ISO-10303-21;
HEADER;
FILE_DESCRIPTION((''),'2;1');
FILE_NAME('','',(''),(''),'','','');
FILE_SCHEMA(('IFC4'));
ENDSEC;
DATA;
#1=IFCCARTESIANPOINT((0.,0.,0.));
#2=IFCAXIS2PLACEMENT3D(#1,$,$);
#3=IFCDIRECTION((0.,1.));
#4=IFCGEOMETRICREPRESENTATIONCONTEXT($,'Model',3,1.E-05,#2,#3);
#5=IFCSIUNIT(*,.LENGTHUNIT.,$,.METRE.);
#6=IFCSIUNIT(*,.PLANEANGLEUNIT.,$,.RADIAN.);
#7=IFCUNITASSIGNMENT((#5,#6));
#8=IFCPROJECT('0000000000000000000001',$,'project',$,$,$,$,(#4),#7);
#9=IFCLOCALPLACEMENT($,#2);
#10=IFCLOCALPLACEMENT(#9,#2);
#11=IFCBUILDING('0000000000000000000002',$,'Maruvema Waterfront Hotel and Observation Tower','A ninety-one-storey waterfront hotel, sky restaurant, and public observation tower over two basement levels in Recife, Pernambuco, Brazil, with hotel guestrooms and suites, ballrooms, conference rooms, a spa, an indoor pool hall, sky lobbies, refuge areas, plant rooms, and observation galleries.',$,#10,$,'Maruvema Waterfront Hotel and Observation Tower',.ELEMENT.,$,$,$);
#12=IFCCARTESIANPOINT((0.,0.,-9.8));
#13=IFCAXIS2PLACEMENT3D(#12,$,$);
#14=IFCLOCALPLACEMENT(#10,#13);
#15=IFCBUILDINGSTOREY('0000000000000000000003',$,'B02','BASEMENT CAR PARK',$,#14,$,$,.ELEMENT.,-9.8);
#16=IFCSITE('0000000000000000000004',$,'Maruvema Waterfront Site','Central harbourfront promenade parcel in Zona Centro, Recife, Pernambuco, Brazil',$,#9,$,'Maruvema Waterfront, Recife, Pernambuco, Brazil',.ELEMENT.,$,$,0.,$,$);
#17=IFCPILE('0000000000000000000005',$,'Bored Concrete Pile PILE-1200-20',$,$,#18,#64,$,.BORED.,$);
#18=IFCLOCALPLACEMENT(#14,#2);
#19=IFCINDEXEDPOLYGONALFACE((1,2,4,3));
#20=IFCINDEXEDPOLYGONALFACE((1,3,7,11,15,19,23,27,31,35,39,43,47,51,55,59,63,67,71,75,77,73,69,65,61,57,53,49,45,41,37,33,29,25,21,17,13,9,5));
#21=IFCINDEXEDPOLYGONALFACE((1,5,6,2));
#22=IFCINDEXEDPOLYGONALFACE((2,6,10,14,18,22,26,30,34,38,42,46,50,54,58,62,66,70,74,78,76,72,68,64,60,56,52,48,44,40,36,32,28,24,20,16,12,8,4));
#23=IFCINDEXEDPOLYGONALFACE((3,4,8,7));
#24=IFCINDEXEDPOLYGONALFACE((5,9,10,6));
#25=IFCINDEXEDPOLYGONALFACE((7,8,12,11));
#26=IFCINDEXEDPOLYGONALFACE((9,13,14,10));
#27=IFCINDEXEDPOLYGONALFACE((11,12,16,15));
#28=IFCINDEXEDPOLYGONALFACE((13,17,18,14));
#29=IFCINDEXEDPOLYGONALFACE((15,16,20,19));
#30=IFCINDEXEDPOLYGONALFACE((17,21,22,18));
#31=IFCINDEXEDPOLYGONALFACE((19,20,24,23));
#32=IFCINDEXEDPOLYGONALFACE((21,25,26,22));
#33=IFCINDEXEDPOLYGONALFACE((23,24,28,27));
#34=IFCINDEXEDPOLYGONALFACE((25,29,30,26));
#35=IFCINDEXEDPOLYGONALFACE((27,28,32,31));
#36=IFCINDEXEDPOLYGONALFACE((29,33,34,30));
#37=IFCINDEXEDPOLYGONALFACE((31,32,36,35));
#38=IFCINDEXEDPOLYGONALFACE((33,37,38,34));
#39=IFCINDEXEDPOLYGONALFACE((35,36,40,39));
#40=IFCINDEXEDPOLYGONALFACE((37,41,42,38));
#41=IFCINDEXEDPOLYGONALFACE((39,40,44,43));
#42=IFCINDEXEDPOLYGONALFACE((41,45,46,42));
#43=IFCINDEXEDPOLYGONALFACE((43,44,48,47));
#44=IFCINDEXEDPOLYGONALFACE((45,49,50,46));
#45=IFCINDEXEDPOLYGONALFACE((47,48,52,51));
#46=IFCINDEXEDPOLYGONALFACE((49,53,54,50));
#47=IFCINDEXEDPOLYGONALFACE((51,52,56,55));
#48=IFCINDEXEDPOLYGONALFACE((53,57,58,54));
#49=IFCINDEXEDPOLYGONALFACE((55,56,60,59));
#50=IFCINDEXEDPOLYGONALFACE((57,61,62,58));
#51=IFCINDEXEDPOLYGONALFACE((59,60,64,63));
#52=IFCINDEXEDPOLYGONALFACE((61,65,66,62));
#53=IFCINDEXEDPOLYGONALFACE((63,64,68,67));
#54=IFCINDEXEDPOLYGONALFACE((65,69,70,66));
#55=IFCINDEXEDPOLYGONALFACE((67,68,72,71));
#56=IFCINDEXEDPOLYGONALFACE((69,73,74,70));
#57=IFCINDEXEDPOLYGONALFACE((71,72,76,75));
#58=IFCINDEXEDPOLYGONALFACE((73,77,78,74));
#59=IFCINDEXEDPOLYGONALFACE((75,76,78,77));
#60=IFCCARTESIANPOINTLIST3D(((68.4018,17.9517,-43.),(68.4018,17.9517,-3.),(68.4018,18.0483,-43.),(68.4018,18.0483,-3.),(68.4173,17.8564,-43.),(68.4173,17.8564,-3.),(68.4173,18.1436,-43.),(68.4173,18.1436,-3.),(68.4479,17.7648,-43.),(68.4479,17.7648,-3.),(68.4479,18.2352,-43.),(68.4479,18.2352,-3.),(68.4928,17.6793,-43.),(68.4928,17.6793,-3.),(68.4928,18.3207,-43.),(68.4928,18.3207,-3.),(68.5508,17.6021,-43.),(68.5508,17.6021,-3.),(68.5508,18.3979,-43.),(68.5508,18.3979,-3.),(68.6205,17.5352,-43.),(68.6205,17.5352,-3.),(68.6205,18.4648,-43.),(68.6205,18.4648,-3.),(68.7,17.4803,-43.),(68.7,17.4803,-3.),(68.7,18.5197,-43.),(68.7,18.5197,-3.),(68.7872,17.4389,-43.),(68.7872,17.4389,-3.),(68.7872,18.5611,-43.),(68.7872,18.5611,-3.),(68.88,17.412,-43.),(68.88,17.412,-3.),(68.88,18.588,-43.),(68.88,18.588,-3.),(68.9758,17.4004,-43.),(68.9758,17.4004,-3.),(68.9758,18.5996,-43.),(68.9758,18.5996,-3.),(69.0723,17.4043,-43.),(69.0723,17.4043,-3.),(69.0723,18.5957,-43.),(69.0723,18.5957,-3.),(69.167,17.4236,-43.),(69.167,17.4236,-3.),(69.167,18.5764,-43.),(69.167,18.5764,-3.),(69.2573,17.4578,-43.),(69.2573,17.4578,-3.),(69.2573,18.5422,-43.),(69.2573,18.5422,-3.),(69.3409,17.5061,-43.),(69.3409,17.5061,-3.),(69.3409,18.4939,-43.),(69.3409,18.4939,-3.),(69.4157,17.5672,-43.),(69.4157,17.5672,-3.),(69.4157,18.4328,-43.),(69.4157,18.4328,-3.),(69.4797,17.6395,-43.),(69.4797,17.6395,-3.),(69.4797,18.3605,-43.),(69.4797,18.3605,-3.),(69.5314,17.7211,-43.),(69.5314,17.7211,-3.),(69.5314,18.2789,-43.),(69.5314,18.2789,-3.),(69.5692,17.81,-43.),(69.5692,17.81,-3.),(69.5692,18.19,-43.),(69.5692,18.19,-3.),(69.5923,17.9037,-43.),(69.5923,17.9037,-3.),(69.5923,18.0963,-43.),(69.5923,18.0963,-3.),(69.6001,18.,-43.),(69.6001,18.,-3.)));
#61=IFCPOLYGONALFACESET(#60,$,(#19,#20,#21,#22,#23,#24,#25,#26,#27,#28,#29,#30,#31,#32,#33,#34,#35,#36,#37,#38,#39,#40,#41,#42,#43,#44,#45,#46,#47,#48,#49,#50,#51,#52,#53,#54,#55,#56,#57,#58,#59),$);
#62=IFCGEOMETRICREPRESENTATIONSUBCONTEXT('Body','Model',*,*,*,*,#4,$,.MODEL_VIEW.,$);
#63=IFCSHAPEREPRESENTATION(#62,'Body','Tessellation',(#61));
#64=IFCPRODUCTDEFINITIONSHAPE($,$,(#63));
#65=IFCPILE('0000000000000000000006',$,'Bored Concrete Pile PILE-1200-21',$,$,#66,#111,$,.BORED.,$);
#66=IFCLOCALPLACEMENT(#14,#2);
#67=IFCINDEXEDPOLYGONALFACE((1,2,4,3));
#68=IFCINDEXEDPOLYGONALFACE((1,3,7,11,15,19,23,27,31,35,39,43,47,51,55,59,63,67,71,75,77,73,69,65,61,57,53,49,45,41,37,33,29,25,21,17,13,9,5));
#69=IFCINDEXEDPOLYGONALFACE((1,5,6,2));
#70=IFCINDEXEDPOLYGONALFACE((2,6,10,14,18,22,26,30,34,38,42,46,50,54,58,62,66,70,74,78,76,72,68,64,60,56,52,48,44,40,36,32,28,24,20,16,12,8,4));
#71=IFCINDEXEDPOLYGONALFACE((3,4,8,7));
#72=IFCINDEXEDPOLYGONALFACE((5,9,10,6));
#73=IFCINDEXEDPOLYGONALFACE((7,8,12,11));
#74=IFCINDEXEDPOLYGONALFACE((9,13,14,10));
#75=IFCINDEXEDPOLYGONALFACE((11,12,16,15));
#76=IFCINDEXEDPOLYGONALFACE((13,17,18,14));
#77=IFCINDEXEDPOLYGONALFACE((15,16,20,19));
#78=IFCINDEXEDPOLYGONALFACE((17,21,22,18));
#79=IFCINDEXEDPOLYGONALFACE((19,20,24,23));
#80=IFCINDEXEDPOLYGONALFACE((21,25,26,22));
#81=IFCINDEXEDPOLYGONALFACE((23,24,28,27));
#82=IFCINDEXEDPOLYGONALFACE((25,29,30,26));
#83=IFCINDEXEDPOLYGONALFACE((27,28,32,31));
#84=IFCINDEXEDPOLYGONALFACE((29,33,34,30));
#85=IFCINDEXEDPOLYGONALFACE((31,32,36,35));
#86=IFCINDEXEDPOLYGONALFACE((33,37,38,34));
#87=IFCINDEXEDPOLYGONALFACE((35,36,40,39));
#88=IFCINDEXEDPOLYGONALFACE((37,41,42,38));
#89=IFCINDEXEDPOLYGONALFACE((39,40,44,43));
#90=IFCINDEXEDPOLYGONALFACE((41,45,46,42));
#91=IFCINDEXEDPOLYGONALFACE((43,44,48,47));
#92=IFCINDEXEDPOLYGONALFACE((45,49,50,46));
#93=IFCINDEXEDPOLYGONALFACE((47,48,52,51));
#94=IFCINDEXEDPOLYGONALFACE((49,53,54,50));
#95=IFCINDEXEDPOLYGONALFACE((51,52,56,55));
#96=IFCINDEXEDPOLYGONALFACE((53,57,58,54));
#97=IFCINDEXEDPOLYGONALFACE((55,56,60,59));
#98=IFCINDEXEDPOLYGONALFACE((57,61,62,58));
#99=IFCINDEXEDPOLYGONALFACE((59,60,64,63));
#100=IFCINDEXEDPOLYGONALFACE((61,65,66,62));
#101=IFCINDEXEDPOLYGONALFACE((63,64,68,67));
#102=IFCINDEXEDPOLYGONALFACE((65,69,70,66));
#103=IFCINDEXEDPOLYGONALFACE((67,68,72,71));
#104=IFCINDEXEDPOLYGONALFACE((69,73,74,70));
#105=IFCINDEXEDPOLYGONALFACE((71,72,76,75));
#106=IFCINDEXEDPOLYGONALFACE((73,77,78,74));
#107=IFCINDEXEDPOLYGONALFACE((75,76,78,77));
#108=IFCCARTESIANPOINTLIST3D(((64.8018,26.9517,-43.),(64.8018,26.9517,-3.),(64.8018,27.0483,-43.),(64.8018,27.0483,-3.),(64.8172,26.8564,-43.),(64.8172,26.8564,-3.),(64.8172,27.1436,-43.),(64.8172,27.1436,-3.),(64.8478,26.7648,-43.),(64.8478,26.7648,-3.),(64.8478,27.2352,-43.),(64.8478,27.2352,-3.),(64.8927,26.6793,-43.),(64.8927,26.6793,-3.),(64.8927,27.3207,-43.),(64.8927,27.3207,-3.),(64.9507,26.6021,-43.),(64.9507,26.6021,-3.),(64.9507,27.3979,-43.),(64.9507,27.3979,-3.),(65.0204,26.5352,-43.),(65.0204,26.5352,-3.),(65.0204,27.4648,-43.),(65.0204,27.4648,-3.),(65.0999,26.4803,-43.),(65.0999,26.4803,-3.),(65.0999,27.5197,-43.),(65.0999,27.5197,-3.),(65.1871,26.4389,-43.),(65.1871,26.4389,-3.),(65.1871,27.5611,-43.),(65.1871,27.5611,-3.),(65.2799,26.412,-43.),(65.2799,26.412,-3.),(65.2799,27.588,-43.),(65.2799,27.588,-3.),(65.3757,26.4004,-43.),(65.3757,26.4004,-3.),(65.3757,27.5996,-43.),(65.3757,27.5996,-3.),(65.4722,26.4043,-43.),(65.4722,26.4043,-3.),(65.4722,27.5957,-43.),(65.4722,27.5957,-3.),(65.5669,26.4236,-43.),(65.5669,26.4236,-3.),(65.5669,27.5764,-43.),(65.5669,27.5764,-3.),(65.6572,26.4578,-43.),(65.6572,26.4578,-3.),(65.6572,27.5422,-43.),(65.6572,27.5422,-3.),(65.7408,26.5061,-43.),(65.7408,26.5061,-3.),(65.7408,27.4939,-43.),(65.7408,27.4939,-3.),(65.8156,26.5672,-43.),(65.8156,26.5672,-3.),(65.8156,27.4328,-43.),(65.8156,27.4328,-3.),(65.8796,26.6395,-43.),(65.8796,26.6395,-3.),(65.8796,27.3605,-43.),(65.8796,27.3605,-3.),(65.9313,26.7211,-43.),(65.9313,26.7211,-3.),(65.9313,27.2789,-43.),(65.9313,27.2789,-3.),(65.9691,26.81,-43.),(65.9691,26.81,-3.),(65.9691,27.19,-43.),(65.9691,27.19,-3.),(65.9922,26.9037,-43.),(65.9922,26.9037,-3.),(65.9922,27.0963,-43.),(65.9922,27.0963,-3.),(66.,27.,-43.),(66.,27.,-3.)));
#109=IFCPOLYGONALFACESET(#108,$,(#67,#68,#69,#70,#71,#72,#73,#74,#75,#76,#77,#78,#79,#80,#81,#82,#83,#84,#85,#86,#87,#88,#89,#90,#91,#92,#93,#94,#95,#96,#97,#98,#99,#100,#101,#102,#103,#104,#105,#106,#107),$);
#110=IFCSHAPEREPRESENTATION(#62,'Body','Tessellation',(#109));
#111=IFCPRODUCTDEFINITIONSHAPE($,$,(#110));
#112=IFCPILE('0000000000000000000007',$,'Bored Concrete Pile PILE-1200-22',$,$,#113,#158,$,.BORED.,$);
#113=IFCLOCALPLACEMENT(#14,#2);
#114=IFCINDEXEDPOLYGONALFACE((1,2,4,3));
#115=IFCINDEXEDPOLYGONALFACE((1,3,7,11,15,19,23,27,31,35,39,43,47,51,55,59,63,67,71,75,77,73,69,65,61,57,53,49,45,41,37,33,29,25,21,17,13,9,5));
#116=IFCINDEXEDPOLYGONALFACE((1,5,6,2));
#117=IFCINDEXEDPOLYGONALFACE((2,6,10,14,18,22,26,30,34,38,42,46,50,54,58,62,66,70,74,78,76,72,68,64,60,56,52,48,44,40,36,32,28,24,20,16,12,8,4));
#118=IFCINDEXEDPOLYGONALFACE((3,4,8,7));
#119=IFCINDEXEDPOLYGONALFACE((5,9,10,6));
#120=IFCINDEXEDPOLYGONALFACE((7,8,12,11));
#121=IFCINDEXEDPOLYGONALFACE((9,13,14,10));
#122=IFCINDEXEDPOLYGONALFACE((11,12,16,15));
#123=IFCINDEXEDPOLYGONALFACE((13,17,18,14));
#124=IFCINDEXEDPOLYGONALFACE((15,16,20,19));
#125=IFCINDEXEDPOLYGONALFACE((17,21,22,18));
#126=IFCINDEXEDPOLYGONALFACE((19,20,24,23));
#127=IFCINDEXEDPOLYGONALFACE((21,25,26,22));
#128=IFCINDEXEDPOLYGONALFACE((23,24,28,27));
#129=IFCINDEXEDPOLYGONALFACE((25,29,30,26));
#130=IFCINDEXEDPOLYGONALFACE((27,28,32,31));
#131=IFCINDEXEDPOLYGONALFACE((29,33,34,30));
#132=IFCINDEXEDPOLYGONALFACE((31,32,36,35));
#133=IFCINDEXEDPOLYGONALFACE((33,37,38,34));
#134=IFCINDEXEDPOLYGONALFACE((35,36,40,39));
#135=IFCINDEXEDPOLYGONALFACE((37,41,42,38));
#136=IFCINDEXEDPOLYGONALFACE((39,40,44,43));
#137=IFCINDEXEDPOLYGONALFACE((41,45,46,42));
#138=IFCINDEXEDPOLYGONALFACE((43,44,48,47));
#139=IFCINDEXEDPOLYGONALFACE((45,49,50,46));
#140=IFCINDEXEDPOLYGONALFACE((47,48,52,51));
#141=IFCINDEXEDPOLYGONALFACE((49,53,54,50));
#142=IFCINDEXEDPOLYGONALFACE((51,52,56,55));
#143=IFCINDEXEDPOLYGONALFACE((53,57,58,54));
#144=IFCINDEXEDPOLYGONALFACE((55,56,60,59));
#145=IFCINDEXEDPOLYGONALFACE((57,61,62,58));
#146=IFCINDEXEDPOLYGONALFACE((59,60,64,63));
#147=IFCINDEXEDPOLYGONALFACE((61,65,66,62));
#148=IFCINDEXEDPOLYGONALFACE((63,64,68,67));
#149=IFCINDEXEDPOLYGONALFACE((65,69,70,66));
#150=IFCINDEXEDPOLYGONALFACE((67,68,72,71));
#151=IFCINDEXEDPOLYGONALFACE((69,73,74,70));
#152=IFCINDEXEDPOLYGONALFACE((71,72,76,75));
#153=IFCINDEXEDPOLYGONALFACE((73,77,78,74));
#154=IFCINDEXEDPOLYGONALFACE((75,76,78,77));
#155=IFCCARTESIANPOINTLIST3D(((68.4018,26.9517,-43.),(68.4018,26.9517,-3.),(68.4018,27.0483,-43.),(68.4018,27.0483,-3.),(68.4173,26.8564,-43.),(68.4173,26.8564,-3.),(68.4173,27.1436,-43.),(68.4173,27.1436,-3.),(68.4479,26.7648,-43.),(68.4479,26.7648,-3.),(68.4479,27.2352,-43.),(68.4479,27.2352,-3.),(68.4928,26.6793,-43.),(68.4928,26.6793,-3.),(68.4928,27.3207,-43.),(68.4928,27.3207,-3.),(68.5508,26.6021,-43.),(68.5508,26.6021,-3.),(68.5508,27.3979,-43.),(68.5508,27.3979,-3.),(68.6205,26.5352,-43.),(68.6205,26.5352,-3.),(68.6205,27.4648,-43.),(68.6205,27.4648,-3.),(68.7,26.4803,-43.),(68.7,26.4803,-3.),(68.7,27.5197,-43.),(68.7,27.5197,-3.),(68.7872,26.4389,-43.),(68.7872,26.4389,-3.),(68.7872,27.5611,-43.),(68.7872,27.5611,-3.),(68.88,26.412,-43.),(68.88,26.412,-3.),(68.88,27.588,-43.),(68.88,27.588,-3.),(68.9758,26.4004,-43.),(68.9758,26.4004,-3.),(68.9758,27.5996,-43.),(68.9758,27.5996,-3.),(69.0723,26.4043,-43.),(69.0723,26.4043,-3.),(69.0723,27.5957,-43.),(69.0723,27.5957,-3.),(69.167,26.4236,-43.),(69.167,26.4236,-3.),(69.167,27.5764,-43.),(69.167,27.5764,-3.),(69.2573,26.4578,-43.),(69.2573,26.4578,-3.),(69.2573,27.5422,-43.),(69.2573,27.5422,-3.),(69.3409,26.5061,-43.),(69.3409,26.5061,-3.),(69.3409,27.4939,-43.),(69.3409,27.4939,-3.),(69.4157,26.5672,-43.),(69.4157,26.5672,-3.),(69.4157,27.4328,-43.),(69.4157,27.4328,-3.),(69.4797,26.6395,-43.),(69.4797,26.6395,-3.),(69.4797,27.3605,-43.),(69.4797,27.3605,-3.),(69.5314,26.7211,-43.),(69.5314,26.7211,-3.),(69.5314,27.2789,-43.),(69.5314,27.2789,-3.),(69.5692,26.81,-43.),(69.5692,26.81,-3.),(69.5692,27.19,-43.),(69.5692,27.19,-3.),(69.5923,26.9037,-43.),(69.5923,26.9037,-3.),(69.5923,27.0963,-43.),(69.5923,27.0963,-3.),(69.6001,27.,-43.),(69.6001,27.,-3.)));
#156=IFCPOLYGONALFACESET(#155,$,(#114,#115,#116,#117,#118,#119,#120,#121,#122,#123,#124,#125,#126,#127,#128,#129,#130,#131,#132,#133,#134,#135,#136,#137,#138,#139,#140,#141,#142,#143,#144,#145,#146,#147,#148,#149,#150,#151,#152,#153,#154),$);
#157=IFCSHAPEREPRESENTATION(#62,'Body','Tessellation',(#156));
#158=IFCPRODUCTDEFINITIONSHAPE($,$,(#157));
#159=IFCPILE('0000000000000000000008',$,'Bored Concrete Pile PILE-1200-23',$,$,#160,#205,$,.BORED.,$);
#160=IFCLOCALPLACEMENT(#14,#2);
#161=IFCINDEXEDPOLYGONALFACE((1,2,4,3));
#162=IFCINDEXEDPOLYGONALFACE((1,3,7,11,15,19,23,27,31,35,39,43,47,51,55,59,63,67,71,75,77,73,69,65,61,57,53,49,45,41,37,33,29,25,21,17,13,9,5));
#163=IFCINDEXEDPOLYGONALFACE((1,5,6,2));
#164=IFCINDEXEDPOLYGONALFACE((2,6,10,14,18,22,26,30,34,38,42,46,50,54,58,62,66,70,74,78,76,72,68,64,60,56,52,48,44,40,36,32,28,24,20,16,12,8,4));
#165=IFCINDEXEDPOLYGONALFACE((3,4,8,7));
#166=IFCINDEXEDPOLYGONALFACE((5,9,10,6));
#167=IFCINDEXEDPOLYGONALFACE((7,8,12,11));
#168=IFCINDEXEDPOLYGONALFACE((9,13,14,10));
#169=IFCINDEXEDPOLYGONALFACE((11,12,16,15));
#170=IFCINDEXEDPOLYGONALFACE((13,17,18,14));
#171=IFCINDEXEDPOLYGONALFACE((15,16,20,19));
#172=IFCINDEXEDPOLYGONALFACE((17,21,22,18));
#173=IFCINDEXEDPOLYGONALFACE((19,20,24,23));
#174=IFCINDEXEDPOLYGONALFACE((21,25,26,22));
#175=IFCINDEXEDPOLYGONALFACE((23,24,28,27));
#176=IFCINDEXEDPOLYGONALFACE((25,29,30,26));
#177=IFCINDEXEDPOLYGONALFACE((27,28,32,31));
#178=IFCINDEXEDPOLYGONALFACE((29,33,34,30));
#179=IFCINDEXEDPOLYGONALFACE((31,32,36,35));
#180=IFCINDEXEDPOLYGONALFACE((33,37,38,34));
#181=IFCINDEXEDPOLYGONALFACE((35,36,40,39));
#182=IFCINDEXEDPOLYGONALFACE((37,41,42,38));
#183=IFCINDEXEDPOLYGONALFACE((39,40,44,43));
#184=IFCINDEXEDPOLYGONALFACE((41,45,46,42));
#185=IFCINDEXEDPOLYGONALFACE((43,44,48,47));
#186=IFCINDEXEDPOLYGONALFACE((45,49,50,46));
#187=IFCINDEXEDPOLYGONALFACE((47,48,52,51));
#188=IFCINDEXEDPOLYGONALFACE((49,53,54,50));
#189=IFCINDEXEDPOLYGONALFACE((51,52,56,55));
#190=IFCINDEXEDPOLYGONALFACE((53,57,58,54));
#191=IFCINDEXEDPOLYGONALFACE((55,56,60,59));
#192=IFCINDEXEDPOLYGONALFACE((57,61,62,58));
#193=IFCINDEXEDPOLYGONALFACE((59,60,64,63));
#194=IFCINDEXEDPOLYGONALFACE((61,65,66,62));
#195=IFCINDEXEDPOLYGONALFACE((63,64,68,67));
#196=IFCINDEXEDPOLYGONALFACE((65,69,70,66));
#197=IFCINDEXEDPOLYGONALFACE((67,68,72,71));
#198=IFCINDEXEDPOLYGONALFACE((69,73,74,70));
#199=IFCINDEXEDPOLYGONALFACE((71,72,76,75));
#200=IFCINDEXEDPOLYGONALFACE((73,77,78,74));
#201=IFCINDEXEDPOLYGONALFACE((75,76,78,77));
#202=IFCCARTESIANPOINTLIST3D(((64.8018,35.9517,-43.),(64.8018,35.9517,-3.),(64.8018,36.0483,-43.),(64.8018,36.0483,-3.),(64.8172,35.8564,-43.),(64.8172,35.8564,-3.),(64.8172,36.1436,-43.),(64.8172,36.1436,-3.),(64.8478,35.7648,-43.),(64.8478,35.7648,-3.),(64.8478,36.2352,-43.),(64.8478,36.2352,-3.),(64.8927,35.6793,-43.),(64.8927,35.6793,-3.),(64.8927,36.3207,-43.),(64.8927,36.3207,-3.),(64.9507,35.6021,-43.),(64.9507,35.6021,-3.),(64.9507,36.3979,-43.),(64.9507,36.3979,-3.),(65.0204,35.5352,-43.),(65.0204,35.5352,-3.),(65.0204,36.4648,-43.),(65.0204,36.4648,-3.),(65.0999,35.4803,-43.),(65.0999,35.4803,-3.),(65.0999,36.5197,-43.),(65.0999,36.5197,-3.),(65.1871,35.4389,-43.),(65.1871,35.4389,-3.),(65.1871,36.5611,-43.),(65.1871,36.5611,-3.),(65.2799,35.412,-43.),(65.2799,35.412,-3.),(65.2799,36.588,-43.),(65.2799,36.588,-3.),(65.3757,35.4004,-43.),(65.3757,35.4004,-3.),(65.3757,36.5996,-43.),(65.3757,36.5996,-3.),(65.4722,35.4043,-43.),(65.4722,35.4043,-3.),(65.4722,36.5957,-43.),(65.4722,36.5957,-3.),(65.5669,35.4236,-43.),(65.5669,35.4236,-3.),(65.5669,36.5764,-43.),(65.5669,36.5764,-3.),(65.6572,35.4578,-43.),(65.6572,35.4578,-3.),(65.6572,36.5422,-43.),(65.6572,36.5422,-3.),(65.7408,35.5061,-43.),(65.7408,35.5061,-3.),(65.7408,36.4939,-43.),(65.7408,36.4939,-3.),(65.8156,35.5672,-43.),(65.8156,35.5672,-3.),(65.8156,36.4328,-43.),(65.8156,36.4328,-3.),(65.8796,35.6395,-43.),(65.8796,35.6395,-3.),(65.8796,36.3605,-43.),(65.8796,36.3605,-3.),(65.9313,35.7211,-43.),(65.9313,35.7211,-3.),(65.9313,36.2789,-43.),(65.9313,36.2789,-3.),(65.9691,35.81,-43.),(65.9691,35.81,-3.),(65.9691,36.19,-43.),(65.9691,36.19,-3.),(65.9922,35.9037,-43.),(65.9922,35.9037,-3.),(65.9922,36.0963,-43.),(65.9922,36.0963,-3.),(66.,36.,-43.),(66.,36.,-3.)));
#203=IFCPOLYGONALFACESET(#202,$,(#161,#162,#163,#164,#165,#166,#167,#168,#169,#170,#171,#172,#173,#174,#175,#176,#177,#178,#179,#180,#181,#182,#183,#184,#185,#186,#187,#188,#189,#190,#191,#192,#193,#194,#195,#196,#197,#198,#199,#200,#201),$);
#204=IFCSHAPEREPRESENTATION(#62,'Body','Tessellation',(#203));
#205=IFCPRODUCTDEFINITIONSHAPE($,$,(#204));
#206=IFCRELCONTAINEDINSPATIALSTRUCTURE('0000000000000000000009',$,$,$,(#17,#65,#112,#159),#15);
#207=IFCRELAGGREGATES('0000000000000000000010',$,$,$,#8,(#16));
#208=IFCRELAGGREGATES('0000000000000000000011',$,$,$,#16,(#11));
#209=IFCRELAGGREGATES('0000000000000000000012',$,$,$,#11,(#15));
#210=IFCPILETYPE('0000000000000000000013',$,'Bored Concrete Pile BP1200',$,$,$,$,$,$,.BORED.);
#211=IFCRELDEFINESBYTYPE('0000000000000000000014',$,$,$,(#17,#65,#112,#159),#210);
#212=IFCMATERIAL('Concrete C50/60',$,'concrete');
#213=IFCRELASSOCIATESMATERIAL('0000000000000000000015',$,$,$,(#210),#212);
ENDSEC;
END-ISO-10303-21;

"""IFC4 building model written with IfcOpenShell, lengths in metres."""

from ifc_helpers import new_model, si_unit, direction, frame, origin, origin_2d, place, context, subcontext, project, spatial, circle, extrude, material, material_profile, profile_set, type_object, element, save


model = new_model("IFC4")

# Units and contexts
model_context = context("Model", 3, precision=1e-05, world=origin(), true_north=direction((0.0, 1.0)))
body_context = subcontext(model_context, "Body", "Model", "MODEL_VIEW")
ifc_project = project(units=[si_unit("LENGTHUNIT", "METRE"), si_unit("PLANEANGLEUNIT", "RADIAN")], contexts=[model_context])

# Site, building, storey
site_placement = place(None, origin())
site = spatial("IfcSite", under=ifc_project, at=site_placement, Name="Maruvema Waterfront Site", Description="Central harbourfront promenade parcel in Zona Centro, Recife, Pernambuco, Brazil", LongName="Maruvema Waterfront, Recife, Pernambuco, Brazil", CompositionType="ELEMENT", RefElevation=0.0)
building_placement = place(site_placement, origin())
building = spatial("IfcBuilding", under=site, at=building_placement, Name="Maruvema Waterfront Hotel and Observation Tower", Description="A ninety-one-storey waterfront hotel, sky restaurant, and public observation tower over two basement levels in Recife, Pernambuco, Brazil, with hotel guestrooms and suites, ballrooms, conference rooms, a spa, an indoor pool hall, sky lobbies, refuge areas, plant rooms, and observation galleries.", LongName="Maruvema Waterfront Hotel and Observation Tower", CompositionType="ELEMENT")
storey_placement = place(building_placement, frame((0.0, 0.0, -9.8)))
storey = spatial("IfcBuildingStorey", under=building, at=storey_placement, Name="B02", Description="BASEMENT CAR PARK", CompositionType="ELEMENT", Elevation=-9.8)

# Piles
ifc_material_1 = material(Name="Concrete C50/60", Category="concrete")
ifc_material_profile_1 = material_profile(ifc_material_1, circle(Radius=0.6001, at=origin_2d()), Name="BP1200")
ifc_profile_set_1 = profile_set([ifc_material_profile_1], Name="Concrete C50/60")
pile_type_1 = type_object("IfcPileType", Name="Bored Concrete Pile BP1200", PredefinedType="BORED", material=ifc_profile_set_1)
for number, where, z_axis, x_axis, name in (
    (1, (69.0, 18.0, -3.0), (0.0, 0.0, -1.0), (1.0, 0.0, 0.0), "Bored Concrete Pile PILE-1200-20"),
    (2, (65.3999, 27.0, -3.0), (0.0, 0.0, -1.0), (1.0, 0.0, 0.0), "Bored Concrete Pile PILE-1200-21"),
    (3, (69.0, 27.0, -3.0), (0.0, 0.0, -1.0), (1.0, 0.0, 0.0), "Bored Concrete Pile PILE-1200-22"),
    (4, (65.3999, 36.0, -3.0), (0.0, 0.0, -1.0), (1.0, 0.0, 0.0), "Bored Concrete Pile PILE-1200-23"),
):
    element("IfcPile", number, at=place(storey_placement, frame(where, z_axis=z_axis, x_axis=x_axis)), inside=storey, type_object=pile_type_1, Name=name, PredefinedType="BORED", context=body_context, shape_type="SweptSolid", body=[
        extrude(circle(Radius=0.6001, at=origin_2d()), origin(), (0.0, 0.0, 1.0), 40.0),
    ])

save(model, "model.ifc")
